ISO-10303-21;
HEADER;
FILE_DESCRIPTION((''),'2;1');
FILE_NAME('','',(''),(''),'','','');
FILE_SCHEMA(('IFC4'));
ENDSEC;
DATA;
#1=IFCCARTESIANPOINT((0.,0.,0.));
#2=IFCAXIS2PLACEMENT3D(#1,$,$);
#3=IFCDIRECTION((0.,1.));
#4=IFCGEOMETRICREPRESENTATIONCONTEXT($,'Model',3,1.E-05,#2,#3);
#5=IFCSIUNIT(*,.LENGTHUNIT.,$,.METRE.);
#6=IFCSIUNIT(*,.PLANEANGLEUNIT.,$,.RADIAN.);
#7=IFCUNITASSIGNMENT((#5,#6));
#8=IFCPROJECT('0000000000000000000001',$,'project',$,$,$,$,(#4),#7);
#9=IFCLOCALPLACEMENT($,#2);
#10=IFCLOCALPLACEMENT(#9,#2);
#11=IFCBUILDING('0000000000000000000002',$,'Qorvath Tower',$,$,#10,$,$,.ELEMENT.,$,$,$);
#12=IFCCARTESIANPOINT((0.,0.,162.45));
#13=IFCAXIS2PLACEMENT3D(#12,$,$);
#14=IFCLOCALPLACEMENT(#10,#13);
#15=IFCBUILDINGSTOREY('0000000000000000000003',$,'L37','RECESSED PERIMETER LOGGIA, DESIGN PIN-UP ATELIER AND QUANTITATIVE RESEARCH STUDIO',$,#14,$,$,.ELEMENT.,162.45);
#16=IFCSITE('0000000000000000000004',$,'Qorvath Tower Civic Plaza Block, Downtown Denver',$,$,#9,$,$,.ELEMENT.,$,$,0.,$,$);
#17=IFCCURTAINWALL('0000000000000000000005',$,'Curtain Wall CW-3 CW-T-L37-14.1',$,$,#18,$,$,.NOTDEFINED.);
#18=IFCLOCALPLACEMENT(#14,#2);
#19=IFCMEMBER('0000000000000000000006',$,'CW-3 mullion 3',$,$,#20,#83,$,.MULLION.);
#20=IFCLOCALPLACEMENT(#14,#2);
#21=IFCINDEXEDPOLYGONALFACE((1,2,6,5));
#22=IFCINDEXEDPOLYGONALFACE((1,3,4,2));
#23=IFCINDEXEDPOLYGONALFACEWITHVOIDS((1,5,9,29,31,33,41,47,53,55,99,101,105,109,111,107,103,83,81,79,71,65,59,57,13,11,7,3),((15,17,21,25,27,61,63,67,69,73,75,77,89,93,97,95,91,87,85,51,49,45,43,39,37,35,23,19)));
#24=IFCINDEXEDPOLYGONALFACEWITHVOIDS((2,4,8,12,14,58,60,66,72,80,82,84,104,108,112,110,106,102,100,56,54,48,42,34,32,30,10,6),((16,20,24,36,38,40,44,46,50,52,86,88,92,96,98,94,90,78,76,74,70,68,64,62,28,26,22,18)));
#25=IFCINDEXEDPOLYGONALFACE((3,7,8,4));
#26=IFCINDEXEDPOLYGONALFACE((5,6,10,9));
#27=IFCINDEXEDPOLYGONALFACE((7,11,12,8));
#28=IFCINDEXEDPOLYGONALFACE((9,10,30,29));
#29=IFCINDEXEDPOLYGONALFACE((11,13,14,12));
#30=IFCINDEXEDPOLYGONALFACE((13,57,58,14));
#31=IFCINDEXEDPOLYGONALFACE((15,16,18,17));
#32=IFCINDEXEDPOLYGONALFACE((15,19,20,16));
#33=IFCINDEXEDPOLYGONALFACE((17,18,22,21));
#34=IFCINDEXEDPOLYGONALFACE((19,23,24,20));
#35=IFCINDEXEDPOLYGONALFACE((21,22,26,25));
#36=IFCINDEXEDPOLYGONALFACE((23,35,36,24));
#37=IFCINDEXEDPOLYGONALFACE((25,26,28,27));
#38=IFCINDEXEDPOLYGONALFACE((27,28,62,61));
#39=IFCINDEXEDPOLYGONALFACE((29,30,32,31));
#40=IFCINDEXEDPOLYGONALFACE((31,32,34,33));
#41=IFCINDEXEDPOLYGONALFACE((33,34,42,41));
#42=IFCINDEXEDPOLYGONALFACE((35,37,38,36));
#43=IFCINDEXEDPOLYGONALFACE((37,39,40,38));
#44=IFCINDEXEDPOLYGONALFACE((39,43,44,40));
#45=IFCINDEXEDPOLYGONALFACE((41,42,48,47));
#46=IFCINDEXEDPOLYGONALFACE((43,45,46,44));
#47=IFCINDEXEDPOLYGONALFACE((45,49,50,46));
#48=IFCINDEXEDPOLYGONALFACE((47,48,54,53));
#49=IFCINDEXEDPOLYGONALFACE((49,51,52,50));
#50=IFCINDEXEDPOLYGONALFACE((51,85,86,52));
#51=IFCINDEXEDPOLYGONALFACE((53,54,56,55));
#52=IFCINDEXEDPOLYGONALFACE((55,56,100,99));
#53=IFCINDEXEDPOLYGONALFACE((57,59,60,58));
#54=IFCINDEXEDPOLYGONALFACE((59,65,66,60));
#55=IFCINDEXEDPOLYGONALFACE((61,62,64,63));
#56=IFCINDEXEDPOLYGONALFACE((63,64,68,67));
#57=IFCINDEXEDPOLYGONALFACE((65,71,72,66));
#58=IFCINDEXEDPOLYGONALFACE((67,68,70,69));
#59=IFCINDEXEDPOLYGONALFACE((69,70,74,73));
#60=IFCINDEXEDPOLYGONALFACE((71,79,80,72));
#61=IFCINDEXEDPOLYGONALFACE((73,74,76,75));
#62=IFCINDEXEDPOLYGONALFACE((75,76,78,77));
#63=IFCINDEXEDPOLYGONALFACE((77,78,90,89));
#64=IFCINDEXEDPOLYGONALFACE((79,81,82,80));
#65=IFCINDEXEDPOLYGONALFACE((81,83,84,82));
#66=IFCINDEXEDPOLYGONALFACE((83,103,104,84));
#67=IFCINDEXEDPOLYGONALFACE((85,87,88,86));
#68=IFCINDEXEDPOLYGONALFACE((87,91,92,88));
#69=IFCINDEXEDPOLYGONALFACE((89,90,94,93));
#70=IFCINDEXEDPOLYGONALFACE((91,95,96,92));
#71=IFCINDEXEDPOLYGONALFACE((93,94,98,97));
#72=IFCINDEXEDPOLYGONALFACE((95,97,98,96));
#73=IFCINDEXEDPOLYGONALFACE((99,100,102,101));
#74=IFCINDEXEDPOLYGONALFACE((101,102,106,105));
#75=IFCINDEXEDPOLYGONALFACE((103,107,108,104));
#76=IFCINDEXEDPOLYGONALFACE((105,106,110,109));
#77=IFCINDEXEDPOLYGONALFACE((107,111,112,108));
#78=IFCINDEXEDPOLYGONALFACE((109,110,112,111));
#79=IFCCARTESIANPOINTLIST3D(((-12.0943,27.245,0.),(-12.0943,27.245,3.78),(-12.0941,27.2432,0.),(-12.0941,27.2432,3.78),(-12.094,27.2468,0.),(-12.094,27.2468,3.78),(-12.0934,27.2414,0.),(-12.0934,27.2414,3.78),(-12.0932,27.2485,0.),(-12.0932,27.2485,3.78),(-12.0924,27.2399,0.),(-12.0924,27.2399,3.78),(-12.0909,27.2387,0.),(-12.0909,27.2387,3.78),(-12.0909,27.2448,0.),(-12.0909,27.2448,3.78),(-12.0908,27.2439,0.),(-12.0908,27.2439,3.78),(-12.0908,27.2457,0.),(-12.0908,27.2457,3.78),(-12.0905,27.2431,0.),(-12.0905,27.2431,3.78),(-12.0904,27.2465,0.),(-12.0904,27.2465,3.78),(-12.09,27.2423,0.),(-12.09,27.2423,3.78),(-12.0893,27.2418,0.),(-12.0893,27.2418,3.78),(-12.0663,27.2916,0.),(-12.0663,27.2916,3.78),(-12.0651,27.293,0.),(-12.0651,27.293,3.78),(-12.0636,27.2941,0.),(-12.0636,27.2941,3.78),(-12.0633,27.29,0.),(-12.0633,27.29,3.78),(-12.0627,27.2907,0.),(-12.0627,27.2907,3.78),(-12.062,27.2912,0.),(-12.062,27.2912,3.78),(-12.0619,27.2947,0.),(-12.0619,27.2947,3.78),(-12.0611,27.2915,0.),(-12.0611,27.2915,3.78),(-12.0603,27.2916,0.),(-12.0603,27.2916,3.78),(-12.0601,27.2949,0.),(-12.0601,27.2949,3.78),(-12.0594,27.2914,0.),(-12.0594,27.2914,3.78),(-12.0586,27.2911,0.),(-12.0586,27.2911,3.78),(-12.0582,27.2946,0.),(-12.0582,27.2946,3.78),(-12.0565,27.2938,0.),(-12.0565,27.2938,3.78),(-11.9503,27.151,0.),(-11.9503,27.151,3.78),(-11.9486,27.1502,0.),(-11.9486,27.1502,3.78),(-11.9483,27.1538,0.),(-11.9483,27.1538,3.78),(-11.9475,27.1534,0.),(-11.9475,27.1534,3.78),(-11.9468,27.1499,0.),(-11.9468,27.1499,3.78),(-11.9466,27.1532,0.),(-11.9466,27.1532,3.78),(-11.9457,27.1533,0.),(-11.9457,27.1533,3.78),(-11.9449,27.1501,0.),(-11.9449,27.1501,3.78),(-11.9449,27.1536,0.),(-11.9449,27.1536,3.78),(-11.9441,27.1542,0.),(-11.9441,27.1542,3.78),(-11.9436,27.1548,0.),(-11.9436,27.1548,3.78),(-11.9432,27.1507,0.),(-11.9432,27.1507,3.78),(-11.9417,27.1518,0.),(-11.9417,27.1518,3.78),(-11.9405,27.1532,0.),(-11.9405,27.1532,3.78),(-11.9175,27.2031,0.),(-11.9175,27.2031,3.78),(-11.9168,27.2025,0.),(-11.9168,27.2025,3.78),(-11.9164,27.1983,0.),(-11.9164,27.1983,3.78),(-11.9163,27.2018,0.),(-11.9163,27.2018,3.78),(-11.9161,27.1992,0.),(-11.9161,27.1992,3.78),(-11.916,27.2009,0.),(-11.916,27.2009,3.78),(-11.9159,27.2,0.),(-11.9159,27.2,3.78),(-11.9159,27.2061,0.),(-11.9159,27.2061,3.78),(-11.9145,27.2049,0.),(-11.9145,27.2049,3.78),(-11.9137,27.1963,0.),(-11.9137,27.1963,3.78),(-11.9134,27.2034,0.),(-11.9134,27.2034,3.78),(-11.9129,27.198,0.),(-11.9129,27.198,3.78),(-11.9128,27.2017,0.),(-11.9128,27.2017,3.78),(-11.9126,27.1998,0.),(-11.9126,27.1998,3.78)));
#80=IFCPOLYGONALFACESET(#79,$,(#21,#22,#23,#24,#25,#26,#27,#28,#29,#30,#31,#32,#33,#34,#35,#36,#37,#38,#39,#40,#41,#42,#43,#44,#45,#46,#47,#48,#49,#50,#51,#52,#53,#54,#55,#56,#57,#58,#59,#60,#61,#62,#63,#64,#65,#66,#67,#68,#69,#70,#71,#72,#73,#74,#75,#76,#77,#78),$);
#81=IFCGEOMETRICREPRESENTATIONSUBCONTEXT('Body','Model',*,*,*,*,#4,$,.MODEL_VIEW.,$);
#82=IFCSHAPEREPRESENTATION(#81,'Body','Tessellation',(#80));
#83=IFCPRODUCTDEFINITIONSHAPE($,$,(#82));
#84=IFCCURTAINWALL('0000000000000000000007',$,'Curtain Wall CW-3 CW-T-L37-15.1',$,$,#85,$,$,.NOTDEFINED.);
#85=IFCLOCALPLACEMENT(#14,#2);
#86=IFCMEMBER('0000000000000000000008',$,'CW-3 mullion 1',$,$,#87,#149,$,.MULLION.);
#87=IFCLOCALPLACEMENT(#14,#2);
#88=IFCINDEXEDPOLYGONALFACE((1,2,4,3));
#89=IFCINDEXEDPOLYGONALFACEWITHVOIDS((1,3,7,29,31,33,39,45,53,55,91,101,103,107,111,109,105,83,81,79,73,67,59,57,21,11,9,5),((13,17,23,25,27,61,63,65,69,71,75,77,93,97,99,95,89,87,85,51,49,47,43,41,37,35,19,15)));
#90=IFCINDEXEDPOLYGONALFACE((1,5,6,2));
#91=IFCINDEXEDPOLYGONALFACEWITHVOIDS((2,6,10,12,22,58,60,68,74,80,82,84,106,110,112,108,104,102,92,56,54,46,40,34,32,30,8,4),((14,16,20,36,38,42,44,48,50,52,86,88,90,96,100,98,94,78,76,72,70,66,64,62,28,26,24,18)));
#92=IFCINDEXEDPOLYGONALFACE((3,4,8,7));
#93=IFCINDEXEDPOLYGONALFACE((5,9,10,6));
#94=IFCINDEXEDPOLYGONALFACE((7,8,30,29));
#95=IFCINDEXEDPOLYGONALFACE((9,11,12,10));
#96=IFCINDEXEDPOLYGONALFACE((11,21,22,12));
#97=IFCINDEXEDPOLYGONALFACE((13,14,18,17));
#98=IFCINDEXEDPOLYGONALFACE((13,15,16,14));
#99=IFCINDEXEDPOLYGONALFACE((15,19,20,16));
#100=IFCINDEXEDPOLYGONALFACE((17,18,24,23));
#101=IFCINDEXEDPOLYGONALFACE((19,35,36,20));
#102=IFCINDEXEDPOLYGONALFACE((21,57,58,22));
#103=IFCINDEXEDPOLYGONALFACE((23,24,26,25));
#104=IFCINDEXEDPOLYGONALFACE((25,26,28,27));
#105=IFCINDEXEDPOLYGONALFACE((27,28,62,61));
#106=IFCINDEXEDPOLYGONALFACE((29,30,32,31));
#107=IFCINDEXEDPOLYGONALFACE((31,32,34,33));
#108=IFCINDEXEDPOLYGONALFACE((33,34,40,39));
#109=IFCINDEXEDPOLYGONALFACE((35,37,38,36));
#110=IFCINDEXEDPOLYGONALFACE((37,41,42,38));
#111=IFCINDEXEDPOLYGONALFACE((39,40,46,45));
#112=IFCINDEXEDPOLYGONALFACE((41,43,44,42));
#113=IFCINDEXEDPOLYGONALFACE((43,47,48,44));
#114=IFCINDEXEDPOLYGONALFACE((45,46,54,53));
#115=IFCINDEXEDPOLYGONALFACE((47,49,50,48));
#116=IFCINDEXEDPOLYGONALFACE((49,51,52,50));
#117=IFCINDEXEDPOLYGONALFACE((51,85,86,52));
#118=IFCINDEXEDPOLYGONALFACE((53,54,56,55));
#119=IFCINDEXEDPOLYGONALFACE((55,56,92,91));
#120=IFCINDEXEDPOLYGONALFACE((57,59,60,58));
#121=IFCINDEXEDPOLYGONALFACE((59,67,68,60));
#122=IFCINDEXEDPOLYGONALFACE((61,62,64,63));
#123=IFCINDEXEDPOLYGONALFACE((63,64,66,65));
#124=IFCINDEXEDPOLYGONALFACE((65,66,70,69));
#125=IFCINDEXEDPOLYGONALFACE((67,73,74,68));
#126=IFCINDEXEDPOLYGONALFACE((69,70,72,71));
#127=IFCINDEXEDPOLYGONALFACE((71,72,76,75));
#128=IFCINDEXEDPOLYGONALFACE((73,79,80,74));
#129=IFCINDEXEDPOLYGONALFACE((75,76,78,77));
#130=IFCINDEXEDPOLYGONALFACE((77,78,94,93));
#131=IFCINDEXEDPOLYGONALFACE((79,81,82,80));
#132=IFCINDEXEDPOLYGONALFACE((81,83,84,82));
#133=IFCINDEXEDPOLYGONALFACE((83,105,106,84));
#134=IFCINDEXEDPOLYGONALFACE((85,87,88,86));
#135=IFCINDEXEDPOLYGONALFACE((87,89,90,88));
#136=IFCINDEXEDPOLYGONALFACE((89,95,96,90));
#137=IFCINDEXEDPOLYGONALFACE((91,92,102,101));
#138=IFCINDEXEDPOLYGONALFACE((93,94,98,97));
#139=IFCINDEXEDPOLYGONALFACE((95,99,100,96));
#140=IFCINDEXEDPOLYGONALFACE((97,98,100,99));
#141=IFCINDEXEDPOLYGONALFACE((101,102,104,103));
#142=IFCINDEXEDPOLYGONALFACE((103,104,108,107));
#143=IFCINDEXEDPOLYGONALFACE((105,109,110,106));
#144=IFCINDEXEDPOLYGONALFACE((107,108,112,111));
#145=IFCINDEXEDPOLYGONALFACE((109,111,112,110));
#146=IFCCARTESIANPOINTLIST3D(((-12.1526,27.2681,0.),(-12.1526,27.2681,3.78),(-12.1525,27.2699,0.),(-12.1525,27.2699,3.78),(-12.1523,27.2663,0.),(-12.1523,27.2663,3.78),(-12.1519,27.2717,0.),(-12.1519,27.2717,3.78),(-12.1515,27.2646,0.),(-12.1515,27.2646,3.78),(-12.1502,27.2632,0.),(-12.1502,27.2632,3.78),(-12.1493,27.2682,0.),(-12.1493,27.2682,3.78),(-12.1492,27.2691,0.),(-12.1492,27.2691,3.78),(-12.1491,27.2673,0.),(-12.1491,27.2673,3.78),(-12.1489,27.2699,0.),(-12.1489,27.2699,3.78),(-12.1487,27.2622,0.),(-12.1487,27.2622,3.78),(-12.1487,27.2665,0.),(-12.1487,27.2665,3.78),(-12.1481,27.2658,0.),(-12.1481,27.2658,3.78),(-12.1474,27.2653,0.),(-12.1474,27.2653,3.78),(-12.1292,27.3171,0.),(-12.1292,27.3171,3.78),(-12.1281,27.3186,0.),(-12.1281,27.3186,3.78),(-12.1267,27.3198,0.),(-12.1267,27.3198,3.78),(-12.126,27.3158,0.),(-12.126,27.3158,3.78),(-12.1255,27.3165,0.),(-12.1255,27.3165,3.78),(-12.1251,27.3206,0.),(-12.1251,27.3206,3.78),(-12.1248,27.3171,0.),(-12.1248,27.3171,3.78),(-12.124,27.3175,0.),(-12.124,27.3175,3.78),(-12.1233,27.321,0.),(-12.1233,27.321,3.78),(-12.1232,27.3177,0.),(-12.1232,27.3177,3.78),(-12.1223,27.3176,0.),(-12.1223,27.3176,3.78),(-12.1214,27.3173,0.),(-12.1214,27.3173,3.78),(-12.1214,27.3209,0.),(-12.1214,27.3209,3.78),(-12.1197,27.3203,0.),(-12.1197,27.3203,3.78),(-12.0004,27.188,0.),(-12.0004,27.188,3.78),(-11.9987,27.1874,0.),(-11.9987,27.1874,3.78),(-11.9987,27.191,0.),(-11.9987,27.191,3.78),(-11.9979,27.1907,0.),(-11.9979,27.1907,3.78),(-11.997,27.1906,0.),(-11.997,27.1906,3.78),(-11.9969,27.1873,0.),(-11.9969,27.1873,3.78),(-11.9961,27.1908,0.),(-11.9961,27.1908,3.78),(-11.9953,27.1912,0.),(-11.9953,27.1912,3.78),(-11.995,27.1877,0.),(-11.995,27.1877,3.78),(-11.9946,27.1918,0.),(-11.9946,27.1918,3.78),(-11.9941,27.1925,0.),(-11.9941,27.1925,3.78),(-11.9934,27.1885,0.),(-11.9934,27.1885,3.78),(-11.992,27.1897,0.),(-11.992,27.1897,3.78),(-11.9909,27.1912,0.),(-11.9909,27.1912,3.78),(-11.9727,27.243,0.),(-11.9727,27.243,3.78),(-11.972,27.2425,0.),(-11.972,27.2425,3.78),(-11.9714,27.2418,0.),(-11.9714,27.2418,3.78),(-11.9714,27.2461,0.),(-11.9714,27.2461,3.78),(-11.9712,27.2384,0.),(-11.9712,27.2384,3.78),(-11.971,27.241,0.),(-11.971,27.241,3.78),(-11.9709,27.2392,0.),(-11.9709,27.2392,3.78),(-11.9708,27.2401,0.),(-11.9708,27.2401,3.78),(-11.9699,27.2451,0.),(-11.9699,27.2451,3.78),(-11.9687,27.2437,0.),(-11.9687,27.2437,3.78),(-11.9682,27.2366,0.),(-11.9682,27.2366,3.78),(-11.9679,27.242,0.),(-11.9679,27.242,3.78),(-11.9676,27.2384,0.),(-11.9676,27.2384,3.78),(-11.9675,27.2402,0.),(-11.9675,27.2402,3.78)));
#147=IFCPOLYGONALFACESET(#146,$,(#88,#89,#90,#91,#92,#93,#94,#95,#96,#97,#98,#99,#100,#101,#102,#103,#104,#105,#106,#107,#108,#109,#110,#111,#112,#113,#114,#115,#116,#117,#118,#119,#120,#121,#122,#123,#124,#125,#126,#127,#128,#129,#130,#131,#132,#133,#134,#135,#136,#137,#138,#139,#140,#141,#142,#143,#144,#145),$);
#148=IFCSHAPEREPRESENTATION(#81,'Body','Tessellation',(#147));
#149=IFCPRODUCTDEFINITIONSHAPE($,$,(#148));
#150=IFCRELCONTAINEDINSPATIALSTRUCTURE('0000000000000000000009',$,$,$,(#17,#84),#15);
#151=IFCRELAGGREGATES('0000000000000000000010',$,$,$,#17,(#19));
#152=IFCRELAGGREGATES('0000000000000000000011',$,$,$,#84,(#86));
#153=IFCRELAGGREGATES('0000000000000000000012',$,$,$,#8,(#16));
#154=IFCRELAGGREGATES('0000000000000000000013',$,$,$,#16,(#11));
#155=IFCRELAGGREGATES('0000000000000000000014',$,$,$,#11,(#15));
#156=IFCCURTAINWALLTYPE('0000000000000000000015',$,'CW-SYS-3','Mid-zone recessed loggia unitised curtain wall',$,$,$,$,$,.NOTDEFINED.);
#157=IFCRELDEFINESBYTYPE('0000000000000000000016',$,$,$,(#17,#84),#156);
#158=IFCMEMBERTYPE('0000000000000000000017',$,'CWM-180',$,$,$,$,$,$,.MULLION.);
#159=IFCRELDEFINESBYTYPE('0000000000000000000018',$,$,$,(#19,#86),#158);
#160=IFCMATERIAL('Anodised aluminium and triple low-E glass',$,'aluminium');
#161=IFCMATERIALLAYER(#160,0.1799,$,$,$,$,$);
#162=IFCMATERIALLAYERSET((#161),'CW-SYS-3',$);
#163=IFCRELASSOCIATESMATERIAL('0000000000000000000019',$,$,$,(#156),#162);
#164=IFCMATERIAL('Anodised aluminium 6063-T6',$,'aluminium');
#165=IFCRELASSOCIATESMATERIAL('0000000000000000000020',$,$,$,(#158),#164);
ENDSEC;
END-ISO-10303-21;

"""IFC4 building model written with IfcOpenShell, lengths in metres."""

from ifc_helpers import new_model, si_unit, direction, frame, origin, origin_2d, place, context, subcontext, project, spatial, hollow_rectangle, extrude, material, layer, layer_set, material_profile, profile_set, type_object, element, aggregate, save


model = new_model("IFC4")

# Units and contexts
model_context = context("Model", 3, precision=1e-05, world=origin(), true_north=direction((0.0, 1.0)))
body_context = subcontext(model_context, "Body", "Model", "MODEL_VIEW")
ifc_project = project(units=[si_unit("LENGTHUNIT", "METRE"), si_unit("PLANEANGLEUNIT", "RADIAN")], contexts=[model_context])

# Site, building, storey
site_placement = place(None, origin())
site = spatial("IfcSite", under=ifc_project, at=site_placement, Name="Qorvath Tower Civic Plaza Block, Downtown Denver", CompositionType="ELEMENT", RefElevation=0.0)
building_placement = place(site_placement, origin())
building = spatial("IfcBuilding", under=site, at=building_placement, Name="Qorvath Tower", CompositionType="ELEMENT")
storey_placement = place(building_placement, frame((0.0, 0.0, 162.45)))
storey = spatial("IfcBuildingStorey", under=building, at=storey_placement, Name="L37", Description="RECESSED PERIMETER LOGGIA, DESIGN PIN-UP ATELIER AND QUANTITATIVE RESEARCH STUDIO", CompositionType="ELEMENT", Elevation=162.45)

# Shared definitions
ifc_material_1 = material(Name="Anodised aluminium and triple low-E glass", Category="aluminium")
ifc_layer_1 = layer(ifc_material_1, 0.1799)
ifc_layer_set_1 = layer_set([ifc_layer_1], Name="CW-SYS-3")
curtain_wall_type = type_object("IfcCurtainWallType", Name="CW-SYS-3", Description="Mid-zone recessed loggia unitised curtain wall", PredefinedType="NOTDEFINED", material=ifc_layer_set_1)
ifc_material_2 = material(Name="Anodised aluminium 6063-T6", Category="aluminium")
ifc_material_profile_1 = material_profile(ifc_material_2, hollow_rectangle(XDim=0.0649, YDim=0.1799, WallThickness=0.0034, InnerFilletRadius=0.0034, OuterFilletRadius=0.0071, at=origin_2d()), Name="CWM 180x65")
ifc_profile_set_1 = profile_set([ifc_material_profile_1], Name="Anodised aluminium 6063-T6")
member_type_1 = type_object("IfcMemberType", Name="CWM-180", PredefinedType="MULLION", material=ifc_profile_set_1)

# Curtain walls, members
curtain_wall_1_placement = place(storey_placement, origin())
curtain_wall_1 = element("IfcCurtainWall", 1, at=curtain_wall_1_placement, inside=storey, type_object=curtain_wall_type, Name="Curtain Wall CW-3 CW-T-L37-14.1", PredefinedType="NOTDEFINED")
member_1_placement = place(storey_placement, frame((-12.0034, 27.2224, 0.0), z_axis=(0.0, 0.0, 1.0), x_axis=(-0.529384, -0.848382, 0.0)))
member_1 = element("IfcMember", 2, at=member_1_placement, type_object=member_type_1, Name="CW-3 mullion 3", PredefinedType="MULLION", context=body_context, shape_type="SweptSolid", body=[
    extrude(hollow_rectangle(XDim=0.0649, YDim=0.1799, WallThickness=0.0034, InnerFilletRadius=0.0034, OuterFilletRadius=0.0071, at=origin_2d()), origin(), (0.0, 0.0, 1.0), 3.78),
])
curtain_wall_2_placement = place(storey_placement, origin())
curtain_wall_2 = element("IfcCurtainWall", 3, at=curtain_wall_2_placement, inside=storey, type_object=curtain_wall_type, Name="Curtain Wall CW-3 CW-T-L37-15.1", PredefinedType="NOTDEFINED")
member_2_placement = place(storey_placement, frame((-12.0601, 27.2542, 0.0), z_axis=(0.0, 0.0, 1.0), x_axis=(-0.447188, -0.89444, 0.0)))
member_2 = element("IfcMember", 4, at=member_2_placement, type_object=member_type_1, Name="CW-3 mullion 1", PredefinedType="MULLION", context=body_context, shape_type="SweptSolid", body=[
    extrude(hollow_rectangle(XDim=0.0649, YDim=0.1799, WallThickness=0.0034, InnerFilletRadius=0.0034, OuterFilletRadius=0.0071, at=origin_2d()), origin(), (0.0, 0.0, 1.0), 3.78),
])

aggregate(curtain_wall_1, [member_1])
aggregate(curtain_wall_2, [member_2])

save(model, "model.ifc")
